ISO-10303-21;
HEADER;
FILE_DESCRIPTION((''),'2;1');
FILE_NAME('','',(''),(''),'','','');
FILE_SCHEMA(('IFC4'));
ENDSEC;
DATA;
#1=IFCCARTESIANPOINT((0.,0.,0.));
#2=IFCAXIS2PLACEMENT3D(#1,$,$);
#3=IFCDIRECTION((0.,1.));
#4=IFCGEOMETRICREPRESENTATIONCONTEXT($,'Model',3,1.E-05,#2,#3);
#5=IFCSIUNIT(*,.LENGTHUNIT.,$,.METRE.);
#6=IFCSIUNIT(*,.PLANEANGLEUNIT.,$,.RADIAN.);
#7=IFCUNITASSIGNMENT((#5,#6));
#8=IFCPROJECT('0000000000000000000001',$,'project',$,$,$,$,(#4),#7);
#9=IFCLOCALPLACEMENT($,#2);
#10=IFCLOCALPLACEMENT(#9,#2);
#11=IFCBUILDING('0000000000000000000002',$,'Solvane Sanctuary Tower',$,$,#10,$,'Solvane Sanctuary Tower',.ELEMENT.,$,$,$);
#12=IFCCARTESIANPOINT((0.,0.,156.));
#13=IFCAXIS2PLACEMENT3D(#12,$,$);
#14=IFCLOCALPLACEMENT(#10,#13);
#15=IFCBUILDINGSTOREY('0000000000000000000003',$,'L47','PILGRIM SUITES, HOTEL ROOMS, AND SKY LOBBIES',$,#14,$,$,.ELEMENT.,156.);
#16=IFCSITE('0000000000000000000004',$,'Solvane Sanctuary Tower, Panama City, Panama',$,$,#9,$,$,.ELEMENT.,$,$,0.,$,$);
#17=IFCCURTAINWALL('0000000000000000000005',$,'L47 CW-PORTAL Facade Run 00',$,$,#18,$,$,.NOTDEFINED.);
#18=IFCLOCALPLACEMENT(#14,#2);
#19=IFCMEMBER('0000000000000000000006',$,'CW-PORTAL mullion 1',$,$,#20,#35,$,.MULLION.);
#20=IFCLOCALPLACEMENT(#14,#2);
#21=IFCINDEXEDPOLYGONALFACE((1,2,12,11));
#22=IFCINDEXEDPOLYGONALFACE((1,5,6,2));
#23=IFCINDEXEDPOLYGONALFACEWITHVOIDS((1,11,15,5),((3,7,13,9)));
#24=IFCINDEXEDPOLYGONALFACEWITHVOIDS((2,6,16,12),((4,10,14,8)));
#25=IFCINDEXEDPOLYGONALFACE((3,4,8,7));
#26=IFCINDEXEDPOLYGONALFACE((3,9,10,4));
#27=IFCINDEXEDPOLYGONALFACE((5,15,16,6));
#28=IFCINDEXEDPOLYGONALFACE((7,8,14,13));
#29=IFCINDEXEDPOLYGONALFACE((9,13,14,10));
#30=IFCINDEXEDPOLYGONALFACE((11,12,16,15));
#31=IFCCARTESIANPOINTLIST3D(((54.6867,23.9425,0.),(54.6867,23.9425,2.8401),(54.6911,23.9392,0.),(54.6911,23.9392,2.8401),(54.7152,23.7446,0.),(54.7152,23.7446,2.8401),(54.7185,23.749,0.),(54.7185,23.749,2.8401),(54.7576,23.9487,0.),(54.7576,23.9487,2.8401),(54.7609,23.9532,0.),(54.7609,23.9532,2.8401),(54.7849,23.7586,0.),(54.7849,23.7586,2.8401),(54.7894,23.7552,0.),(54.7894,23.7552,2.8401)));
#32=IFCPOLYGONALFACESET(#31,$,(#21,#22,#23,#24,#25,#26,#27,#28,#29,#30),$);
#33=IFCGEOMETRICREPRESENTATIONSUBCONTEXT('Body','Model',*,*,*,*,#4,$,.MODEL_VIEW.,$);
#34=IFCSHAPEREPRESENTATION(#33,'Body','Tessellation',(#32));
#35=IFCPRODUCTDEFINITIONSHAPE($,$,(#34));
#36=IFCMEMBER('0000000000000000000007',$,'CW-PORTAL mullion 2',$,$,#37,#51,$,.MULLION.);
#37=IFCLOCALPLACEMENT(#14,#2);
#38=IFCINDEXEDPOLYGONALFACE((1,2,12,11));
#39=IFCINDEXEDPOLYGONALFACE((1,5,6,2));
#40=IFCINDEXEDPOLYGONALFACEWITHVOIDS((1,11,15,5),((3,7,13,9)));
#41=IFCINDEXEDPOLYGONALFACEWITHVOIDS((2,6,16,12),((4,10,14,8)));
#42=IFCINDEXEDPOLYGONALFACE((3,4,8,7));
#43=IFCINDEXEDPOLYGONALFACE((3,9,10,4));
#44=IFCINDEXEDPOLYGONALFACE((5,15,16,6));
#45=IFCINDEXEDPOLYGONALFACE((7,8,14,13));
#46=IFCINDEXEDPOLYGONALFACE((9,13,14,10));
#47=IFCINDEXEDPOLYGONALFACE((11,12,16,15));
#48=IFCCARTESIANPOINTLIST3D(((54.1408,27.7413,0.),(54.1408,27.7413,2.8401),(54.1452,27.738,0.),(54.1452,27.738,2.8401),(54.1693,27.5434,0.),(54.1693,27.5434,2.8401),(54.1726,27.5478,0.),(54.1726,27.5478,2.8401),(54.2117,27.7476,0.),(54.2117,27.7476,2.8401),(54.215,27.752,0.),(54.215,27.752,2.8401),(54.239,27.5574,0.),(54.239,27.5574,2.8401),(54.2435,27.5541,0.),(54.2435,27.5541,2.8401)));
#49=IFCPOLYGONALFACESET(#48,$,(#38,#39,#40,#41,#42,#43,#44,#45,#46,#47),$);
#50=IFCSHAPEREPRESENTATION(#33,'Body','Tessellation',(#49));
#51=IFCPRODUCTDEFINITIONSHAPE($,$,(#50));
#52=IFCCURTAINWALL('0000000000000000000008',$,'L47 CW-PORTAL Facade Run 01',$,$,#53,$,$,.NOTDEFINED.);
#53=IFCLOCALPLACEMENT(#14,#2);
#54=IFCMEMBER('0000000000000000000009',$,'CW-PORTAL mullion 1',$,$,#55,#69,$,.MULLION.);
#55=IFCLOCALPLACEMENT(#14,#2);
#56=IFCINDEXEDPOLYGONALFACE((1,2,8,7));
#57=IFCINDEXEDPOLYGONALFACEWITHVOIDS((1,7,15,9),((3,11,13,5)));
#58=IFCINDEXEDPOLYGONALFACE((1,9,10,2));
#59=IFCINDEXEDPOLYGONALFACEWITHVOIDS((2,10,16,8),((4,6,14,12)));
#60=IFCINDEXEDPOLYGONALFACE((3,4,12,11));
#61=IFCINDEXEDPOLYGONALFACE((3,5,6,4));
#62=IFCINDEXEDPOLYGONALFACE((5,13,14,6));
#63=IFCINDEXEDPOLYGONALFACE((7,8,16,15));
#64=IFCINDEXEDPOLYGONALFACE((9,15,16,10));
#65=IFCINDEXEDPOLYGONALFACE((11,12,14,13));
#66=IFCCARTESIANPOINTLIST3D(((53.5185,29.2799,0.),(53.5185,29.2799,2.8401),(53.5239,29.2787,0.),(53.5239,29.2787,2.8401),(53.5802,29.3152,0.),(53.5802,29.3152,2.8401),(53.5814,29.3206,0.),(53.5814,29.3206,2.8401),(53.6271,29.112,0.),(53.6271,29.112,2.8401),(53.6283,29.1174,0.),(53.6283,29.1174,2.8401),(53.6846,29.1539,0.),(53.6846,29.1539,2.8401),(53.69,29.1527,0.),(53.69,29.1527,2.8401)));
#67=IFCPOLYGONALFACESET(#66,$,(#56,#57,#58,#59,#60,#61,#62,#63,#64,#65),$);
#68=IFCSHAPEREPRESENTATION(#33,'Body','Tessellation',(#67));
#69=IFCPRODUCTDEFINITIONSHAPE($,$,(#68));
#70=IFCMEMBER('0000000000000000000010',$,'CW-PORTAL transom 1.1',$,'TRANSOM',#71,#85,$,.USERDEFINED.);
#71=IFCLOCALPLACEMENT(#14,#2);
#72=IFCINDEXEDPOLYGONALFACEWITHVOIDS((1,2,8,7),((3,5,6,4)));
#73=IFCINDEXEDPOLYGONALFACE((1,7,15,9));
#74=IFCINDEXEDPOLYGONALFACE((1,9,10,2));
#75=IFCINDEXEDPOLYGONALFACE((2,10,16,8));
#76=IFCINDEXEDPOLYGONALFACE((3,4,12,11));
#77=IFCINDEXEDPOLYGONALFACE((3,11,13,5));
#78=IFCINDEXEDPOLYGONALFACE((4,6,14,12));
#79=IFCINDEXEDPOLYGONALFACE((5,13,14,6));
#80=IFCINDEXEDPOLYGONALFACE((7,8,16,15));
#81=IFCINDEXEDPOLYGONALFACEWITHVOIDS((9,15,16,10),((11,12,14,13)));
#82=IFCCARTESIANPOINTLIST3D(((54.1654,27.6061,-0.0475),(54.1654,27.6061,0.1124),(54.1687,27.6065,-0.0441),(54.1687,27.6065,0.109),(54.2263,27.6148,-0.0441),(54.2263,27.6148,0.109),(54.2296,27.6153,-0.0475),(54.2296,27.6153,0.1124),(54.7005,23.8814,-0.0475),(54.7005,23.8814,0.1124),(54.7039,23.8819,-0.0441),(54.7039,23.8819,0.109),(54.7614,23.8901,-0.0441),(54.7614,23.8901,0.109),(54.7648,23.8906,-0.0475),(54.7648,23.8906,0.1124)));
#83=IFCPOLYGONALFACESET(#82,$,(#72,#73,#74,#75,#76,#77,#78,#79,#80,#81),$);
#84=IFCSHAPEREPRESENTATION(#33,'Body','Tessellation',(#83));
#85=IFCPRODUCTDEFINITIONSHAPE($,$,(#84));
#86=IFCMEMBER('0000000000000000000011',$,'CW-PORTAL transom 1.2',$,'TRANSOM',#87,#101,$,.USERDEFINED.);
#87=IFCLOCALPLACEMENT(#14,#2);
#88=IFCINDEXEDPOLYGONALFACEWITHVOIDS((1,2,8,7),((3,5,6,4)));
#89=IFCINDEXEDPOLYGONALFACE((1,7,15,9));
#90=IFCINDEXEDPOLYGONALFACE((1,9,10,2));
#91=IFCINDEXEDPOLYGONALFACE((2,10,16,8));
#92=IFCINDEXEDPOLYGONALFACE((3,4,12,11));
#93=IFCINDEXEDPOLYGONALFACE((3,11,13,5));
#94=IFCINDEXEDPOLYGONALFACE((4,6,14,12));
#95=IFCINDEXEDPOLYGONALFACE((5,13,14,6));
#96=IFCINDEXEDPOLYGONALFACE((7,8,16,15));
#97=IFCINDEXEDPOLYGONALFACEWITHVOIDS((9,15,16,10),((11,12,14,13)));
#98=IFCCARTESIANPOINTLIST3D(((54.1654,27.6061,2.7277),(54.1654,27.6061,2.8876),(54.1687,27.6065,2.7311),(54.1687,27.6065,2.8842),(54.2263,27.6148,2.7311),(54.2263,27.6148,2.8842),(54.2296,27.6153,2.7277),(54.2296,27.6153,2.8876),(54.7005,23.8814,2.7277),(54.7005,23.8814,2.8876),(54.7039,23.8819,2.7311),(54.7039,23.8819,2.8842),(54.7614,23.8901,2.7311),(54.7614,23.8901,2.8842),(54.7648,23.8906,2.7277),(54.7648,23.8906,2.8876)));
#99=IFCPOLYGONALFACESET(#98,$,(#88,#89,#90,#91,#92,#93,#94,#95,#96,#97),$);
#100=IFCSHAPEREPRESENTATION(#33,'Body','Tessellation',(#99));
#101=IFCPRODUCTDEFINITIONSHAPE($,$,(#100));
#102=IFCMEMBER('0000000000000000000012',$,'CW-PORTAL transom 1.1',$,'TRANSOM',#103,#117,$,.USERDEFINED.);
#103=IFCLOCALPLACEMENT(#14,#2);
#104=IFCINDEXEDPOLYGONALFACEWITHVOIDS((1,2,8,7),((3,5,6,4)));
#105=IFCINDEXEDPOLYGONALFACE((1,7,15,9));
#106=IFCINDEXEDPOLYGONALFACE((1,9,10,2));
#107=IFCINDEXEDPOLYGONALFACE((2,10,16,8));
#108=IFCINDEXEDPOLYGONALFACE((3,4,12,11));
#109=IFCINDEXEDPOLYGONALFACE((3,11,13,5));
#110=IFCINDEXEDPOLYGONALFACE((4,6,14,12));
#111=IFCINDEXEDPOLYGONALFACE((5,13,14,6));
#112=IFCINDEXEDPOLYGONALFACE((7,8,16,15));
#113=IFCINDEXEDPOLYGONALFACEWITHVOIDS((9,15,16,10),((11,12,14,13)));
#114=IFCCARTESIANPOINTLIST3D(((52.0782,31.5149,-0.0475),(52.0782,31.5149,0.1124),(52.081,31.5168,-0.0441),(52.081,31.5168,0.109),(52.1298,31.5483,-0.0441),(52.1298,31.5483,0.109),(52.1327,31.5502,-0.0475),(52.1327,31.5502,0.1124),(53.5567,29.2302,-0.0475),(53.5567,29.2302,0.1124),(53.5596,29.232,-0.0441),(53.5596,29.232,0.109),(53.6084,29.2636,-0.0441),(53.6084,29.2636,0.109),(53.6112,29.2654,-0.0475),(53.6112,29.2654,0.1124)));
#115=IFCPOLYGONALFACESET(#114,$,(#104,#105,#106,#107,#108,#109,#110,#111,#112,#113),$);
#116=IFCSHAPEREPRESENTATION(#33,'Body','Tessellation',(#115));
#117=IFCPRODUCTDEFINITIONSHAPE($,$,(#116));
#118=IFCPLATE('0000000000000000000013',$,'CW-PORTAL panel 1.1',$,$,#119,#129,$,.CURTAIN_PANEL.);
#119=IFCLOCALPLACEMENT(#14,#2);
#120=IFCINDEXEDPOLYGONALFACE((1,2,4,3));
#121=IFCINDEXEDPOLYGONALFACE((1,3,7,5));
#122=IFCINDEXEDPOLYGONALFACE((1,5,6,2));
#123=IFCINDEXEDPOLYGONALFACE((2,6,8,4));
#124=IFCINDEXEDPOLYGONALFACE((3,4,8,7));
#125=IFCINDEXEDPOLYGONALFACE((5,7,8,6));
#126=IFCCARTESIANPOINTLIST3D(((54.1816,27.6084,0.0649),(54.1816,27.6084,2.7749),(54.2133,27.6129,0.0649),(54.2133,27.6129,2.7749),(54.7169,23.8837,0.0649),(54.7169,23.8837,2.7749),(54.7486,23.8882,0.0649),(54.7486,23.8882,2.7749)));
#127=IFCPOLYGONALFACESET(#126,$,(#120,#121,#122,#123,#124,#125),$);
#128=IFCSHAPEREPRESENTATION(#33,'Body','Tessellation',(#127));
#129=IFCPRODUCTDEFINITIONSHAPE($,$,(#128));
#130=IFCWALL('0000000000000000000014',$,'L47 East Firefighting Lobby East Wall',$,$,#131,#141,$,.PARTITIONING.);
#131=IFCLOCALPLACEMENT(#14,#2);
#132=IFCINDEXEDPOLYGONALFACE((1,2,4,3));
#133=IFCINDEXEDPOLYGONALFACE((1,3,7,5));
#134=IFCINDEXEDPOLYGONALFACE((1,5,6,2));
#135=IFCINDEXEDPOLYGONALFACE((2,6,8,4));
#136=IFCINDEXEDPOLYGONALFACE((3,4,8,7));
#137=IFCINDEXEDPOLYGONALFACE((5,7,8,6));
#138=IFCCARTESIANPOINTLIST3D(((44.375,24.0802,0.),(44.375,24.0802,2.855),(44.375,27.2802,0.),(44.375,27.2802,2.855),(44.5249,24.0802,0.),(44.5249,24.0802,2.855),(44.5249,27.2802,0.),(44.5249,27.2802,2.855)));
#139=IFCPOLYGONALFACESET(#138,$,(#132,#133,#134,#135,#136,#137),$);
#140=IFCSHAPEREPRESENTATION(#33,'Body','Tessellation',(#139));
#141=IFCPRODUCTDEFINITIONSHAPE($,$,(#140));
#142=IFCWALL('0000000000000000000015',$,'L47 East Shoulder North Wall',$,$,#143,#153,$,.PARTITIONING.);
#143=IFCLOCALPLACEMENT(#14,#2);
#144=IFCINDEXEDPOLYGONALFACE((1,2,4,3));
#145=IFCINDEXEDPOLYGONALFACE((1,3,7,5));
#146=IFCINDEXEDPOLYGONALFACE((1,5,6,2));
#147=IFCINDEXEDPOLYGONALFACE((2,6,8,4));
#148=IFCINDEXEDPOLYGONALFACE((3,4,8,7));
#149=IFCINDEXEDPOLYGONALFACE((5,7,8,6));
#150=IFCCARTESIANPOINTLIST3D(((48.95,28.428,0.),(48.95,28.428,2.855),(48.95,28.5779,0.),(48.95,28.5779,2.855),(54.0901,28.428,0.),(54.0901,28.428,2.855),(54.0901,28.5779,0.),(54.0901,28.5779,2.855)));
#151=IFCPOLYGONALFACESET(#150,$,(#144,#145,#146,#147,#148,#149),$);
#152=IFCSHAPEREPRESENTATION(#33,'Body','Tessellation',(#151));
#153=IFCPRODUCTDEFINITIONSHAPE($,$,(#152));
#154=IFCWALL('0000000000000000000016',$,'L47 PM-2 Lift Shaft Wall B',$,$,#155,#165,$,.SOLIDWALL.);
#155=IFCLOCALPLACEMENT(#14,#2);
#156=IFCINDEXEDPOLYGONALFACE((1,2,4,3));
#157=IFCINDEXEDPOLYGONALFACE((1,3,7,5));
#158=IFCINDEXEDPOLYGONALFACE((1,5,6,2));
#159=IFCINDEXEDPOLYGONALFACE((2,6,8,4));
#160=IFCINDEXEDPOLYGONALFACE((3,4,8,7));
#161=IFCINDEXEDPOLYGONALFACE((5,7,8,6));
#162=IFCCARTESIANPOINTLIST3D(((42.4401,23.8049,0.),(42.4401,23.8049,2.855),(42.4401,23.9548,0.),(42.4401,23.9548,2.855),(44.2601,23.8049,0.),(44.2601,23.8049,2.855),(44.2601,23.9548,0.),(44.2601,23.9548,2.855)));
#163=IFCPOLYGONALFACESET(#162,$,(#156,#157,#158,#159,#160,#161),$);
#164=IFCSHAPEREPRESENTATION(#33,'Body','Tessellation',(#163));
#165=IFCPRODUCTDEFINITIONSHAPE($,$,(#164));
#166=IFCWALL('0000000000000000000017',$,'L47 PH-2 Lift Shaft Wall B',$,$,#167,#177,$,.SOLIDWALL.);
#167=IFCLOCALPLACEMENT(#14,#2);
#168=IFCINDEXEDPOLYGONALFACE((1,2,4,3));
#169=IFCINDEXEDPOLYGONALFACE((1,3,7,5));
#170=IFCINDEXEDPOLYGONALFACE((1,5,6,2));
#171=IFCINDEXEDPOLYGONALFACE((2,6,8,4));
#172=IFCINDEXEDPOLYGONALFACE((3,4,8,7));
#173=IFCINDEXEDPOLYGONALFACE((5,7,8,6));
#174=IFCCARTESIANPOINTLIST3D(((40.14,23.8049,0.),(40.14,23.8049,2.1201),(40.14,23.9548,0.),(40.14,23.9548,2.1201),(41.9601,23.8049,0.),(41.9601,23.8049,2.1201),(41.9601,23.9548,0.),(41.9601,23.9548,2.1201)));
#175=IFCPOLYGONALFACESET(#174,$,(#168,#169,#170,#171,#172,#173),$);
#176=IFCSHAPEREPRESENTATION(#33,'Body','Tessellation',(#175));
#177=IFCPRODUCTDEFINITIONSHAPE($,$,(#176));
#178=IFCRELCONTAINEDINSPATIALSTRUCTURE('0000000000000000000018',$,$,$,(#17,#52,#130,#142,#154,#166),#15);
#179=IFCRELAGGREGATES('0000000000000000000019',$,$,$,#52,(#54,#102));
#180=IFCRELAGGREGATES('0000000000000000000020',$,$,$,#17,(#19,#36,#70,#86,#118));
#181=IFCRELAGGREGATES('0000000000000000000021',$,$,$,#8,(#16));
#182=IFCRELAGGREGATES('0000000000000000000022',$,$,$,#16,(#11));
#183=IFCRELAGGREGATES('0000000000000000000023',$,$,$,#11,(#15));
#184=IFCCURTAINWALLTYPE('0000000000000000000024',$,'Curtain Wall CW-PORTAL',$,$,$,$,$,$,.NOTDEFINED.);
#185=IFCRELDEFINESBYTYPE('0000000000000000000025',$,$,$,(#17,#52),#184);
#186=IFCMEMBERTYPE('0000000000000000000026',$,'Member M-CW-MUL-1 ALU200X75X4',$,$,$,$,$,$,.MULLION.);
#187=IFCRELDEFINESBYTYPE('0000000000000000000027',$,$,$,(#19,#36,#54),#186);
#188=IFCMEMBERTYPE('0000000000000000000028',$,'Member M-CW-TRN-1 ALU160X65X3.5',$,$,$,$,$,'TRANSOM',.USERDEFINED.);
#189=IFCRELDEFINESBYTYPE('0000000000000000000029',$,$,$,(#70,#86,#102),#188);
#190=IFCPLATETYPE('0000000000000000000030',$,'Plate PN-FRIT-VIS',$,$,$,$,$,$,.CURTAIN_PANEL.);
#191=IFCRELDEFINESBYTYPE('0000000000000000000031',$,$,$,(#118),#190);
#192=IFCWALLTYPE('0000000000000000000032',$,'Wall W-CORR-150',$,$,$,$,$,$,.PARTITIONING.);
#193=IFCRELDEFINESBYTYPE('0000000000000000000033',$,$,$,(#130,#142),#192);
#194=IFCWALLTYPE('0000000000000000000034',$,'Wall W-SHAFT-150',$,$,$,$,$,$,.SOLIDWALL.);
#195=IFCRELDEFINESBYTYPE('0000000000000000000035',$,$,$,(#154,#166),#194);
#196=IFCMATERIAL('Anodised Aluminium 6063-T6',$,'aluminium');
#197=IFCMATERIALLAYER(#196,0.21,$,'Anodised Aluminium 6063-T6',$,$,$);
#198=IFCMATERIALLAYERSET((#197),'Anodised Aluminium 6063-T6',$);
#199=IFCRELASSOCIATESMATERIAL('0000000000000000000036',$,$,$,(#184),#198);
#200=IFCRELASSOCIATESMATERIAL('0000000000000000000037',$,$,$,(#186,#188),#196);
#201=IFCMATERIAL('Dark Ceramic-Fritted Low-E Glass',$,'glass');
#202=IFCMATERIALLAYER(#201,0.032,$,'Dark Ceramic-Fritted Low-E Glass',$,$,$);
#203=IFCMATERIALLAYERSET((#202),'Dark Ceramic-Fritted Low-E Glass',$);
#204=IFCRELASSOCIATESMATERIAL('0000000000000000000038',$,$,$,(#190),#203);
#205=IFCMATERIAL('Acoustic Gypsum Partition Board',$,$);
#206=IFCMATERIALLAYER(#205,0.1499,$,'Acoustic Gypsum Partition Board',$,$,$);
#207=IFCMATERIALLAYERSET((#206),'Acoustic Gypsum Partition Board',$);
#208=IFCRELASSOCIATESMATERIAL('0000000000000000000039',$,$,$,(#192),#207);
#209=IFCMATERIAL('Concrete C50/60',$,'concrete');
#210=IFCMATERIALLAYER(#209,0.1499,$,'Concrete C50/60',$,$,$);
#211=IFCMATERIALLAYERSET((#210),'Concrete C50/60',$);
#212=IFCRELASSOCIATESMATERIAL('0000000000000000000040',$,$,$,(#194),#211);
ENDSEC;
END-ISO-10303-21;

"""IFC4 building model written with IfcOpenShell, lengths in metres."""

from ifc_helpers import new_model, si_unit, direction, frame, frame_2d, origin, origin_2d, place, context, subcontext, project, spatial, rectangle, hollow_rectangle, extrude, material, layer, layer_set, material_profile, profile_set, type_object, element, aggregate, save


model = new_model("IFC4")

# Units and contexts
model_context = context("Model", 3, precision=1e-05, world=origin(), true_north=direction((0.0, 1.0)))
body_context = subcontext(model_context, "Body", "Model", "MODEL_VIEW")
ifc_project = project(units=[si_unit("LENGTHUNIT", "METRE"), si_unit("PLANEANGLEUNIT", "RADIAN")], contexts=[model_context])

# Site, building, storey
site_placement = place(None, origin())
site = spatial("IfcSite", under=ifc_project, at=site_placement, Name="Solvane Sanctuary Tower, Panama City, Panama", CompositionType="ELEMENT", RefElevation=0.0)
building_placement = place(site_placement, origin())
building = spatial("IfcBuilding", under=site, at=building_placement, Name="Solvane Sanctuary Tower", LongName="Solvane Sanctuary Tower", CompositionType="ELEMENT")
storey_placement = place(building_placement, frame((0.0, 0.0, 156.0)))
storey = spatial("IfcBuildingStorey", under=building, at=storey_placement, Name="L47", Description="PILGRIM SUITES, HOTEL ROOMS, AND SKY LOBBIES", CompositionType="ELEMENT", Elevation=156.0)

# Curtain wall, members
ifc_material_1 = material(Name="Anodised Aluminium 6063-T6", Category="aluminium")
ifc_layer_1 = layer(ifc_material_1, 0.21, Name="Anodised Aluminium 6063-T6")
ifc_layer_set_1 = layer_set([ifc_layer_1], Name="Anodised Aluminium 6063-T6")
curtain_wall_type = type_object("IfcCurtainWallType", Name="Curtain Wall CW-PORTAL", PredefinedType="NOTDEFINED", material=ifc_layer_set_1)
curtain_wall_1_placement = place(storey_placement, origin())
curtain_wall_1 = element("IfcCurtainWall", 1, at=curtain_wall_1_placement, inside=storey, type_object=curtain_wall_type, Name="L47 CW-PORTAL Facade Run 00", PredefinedType="NOTDEFINED")
ifc_material_profile_1 = material_profile(ifc_material_1, hollow_rectangle(XDim=0.075, YDim=0.2, WallThickness=0.0039, at=origin_2d()), Name="ALU200X75X4")
ifc_profile_set_1 = profile_set([ifc_material_profile_1], Name="Anodised Aluminium 6063-T6")
member_type_1 = type_object("IfcMemberType", Name="Member M-CW-MUL-1 ALU200X75X4", PredefinedType="MULLION", material=ifc_profile_set_1)
member_1_placement = place(storey_placement, frame((54.738, 23.8489, 0.0), z_axis=(0.0, 0.0, 1.0), x_axis=(-0.989831, -0.142248, 0.0)))
member_1 = element("IfcMember", 2, at=member_1_placement, type_object=member_type_1, Name="CW-PORTAL mullion 1", PredefinedType="MULLION", context=body_context, shape_type="SweptSolid", body=[
    extrude(hollow_rectangle(XDim=0.075, YDim=0.2, WallThickness=0.0039, at=origin_2d()), origin(), (0.0, 0.0, 1.0), 2.8401),
])
member_2_placement = place(storey_placement, frame((54.1921, 27.6477, 0.0), z_axis=(0.0, 0.0, 1.0), x_axis=(-0.989831, -0.142248, 0.0)))
member_2 = element("IfcMember", 3, at=member_2_placement, type_object=member_type_1, Name="CW-PORTAL mullion 2", PredefinedType="MULLION", context=body_context, shape_type="SweptSolid", body=[
    extrude(hollow_rectangle(XDim=0.075, YDim=0.2, WallThickness=0.0039, at=origin_2d()), origin(), (0.0, 0.0, 1.0), 2.8401),
])

# Curtain wall, member
curtain_wall_2_placement = place(storey_placement, origin())
curtain_wall_2 = element("IfcCurtainWall", 4, at=curtain_wall_2_placement, inside=storey, type_object=curtain_wall_type, Name="L47 CW-PORTAL Facade Run 01", PredefinedType="NOTDEFINED")
member_3_placement = place(storey_placement, frame((53.6042, 29.2163, 0.0), z_axis=(0.0, 0.0, 1.0), x_axis=(-0.839512, -0.543341, 0.0)))
member_3 = element("IfcMember", 5, at=member_3_placement, type_object=member_type_1, Name="CW-PORTAL mullion 1", PredefinedType="MULLION", context=body_context, shape_type="SweptSolid", body=[
    extrude(hollow_rectangle(XDim=0.075, YDim=0.2, WallThickness=0.0039, at=origin_2d()), origin(), (0.0, 0.0, 1.0), 2.8401),
])

# Members
ifc_material_profile_2 = material_profile(ifc_material_1, hollow_rectangle(XDim=0.0649, YDim=0.1599, WallThickness=0.0034, at=origin_2d()), Name="ALU160X65X3.5")
ifc_profile_set_2 = profile_set([ifc_material_profile_2], Name="Anodised Aluminium 6063-T6")
member_type_2 = type_object("IfcMemberType", Name="Member M-CW-TRN-1 ALU160X65X3.5", ElementType="TRANSOM", PredefinedType="USERDEFINED", material=ifc_profile_set_2)
member_4_placement = place(storey_placement, frame((54.7327, 23.886, 0.0325), z_axis=(-0.142221, 0.989835, 0.0), x_axis=(-0.989835, -0.142221, 0.0)))
member_4 = element("IfcMember", 6, at=member_4_placement, type_object=member_type_2, Name="CW-PORTAL transom 1.1", ObjectType="TRANSOM", PredefinedType="USERDEFINED", context=body_context, shape_type="SweptSolid", body=[
    extrude(hollow_rectangle(XDim=0.0649, YDim=0.1599, WallThickness=0.0034, at=origin_2d()), origin(), (0.0, 0.0, 1.0), 3.7629),
])
member_5_placement = place(storey_placement, frame((54.7327, 23.886, 2.8076), z_axis=(-0.142221, 0.989835, 0.0), x_axis=(-0.989835, -0.142221, 0.0)))
member_5 = element("IfcMember", 7, at=member_5_placement, type_object=member_type_2, Name="CW-PORTAL transom 1.2", ObjectType="TRANSOM", PredefinedType="USERDEFINED", context=body_context, shape_type="SweptSolid", body=[
    extrude(hollow_rectangle(XDim=0.0649, YDim=0.1599, WallThickness=0.0034, at=origin_2d()), origin(), (0.0, 0.0, 1.0), 3.7629),
])
member_6_placement = place(storey_placement, frame((53.584, 29.2478, 0.0325), z_axis=(-0.543303, 0.839536, 0.0), x_axis=(-0.839536, -0.543303, 0.0)))
member_6 = element("IfcMember", 8, at=member_6_placement, type_object=member_type_2, Name="CW-PORTAL transom 1.1", ObjectType="TRANSOM", PredefinedType="USERDEFINED", context=body_context, shape_type="SweptSolid", body=[
    extrude(hollow_rectangle(XDim=0.0649, YDim=0.1599, WallThickness=0.0034, at=origin_2d()), origin(), (0.0, 0.0, 1.0), 2.7214),
])
aggregate(curtain_wall_2, [member_3, member_6])

# Plate
ifc_material_2 = material(Name="Dark Ceramic-Fritted Low-E Glass", Category="glass")
ifc_layer_2 = layer(ifc_material_2, 0.032, Name="Dark Ceramic-Fritted Low-E Glass")
ifc_layer_set_2 = layer_set([ifc_layer_2], Name="Dark Ceramic-Fritted Low-E Glass")
plate_type = type_object("IfcPlateType", Name="Plate PN-FRIT-VIS", PredefinedType="CURTAIN_PANEL", material=ifc_layer_set_2)
plate_placement = place(storey_placement, frame((54.4651, 25.7483, 0.0649), z_axis=(0.0, 0.0, 1.0), x_axis=(-0.142248, 0.989831, 0.0)))
plate = element("IfcPlate", 9, at=plate_placement, type_object=plate_type, Name="CW-PORTAL panel 1.1", PredefinedType="CURTAIN_PANEL", context=body_context, shape_type="SweptSolid", body=[
    extrude(rectangle(XDim=3.7629, YDim=0.032, at=origin_2d()), origin(), (0.0, 0.0, 1.0), 2.71),
])
aggregate(curtain_wall_1, [member_1, member_2, member_4, member_5, plate])

# Walls
ifc_material_3 = material(Name="Acoustic Gypsum Partition Board")
ifc_layer_3 = layer(ifc_material_3, 0.1499, Name="Acoustic Gypsum Partition Board")
ifc_layer_set_3 = layer_set([ifc_layer_3], Name="Acoustic Gypsum Partition Board")
wall_type_1 = type_object("IfcWallType", Name="Wall W-CORR-150", PredefinedType="PARTITIONING", material=ifc_layer_set_3)
wall_1_placement = place(storey_placement, frame((44.45, 24.0801, 0.0), z_axis=(0.0, 0.0, 1.0), x_axis=(0.0, 1.0, 0.0)))
element("IfcWall", 10, at=wall_1_placement, inside=storey, type_object=wall_type_1, Name="L47 East Firefighting Lobby East Wall", PredefinedType="PARTITIONING", context=body_context, shape_type="SweptSolid", body=[
    extrude(rectangle(XDim=3.2, YDim=0.1499, at=frame_2d((1.6001, 0.0))), origin(), (0.0, 0.0, 1.0), 2.855),
])
wall_2_placement = place(storey_placement, frame((48.95, 28.5029, 0.0), z_axis=(0.0, 0.0, 1.0), x_axis=(1.0, 0.0, 0.0)))
element("IfcWall", 11, at=wall_2_placement, inside=storey, type_object=wall_type_1, Name="L47 East Shoulder North Wall", PredefinedType="PARTITIONING", context=body_context, shape_type="SweptSolid", body=[
    extrude(rectangle(XDim=5.1401, YDim=0.1499, at=frame_2d((2.5701, 0.0))), origin(), (0.0, 0.0, 1.0), 2.855),
])
ifc_material_4 = material(Name="Concrete C50/60", Category="concrete")
ifc_layer_4 = layer(ifc_material_4, 0.1499, Name="Concrete C50/60")
ifc_layer_set_4 = layer_set([ifc_layer_4], Name="Concrete C50/60")
wall_type_2 = type_object("IfcWallType", Name="Wall W-SHAFT-150", PredefinedType="SOLIDWALL", material=ifc_layer_set_4)
wall_3_placement = place(storey_placement, frame((42.4399, 23.8799, 0.0), z_axis=(0.0, 0.0, 1.0), x_axis=(1.0, 0.0, 0.0)))
element("IfcWall", 12, at=wall_3_placement, inside=storey, type_object=wall_type_2, Name="L47 PM-2 Lift Shaft Wall B", PredefinedType="SOLIDWALL", context=body_context, shape_type="SweptSolid", body=[
    extrude(rectangle(XDim=1.8201, YDim=0.1499, at=frame_2d((0.9102, 0.0))), origin(), (0.0, 0.0, 1.0), 2.855),
])
wall_4_placement = place(storey_placement, frame((40.1399, 23.8799, 0.0), z_axis=(0.0, 0.0, 1.0), x_axis=(1.0, 0.0, 0.0)))
element("IfcWall", 13, at=wall_4_placement, inside=storey, type_object=wall_type_2, Name="L47 PH-2 Lift Shaft Wall B", PredefinedType="SOLIDWALL", context=body_context, shape_type="SweptSolid", body=[
    extrude(rectangle(XDim=1.8201, YDim=0.1499, at=frame_2d((0.9102, 0.0))), origin(), (0.0, 0.0, 1.0), 2.1201),
])

save(model, "model.ifc")
